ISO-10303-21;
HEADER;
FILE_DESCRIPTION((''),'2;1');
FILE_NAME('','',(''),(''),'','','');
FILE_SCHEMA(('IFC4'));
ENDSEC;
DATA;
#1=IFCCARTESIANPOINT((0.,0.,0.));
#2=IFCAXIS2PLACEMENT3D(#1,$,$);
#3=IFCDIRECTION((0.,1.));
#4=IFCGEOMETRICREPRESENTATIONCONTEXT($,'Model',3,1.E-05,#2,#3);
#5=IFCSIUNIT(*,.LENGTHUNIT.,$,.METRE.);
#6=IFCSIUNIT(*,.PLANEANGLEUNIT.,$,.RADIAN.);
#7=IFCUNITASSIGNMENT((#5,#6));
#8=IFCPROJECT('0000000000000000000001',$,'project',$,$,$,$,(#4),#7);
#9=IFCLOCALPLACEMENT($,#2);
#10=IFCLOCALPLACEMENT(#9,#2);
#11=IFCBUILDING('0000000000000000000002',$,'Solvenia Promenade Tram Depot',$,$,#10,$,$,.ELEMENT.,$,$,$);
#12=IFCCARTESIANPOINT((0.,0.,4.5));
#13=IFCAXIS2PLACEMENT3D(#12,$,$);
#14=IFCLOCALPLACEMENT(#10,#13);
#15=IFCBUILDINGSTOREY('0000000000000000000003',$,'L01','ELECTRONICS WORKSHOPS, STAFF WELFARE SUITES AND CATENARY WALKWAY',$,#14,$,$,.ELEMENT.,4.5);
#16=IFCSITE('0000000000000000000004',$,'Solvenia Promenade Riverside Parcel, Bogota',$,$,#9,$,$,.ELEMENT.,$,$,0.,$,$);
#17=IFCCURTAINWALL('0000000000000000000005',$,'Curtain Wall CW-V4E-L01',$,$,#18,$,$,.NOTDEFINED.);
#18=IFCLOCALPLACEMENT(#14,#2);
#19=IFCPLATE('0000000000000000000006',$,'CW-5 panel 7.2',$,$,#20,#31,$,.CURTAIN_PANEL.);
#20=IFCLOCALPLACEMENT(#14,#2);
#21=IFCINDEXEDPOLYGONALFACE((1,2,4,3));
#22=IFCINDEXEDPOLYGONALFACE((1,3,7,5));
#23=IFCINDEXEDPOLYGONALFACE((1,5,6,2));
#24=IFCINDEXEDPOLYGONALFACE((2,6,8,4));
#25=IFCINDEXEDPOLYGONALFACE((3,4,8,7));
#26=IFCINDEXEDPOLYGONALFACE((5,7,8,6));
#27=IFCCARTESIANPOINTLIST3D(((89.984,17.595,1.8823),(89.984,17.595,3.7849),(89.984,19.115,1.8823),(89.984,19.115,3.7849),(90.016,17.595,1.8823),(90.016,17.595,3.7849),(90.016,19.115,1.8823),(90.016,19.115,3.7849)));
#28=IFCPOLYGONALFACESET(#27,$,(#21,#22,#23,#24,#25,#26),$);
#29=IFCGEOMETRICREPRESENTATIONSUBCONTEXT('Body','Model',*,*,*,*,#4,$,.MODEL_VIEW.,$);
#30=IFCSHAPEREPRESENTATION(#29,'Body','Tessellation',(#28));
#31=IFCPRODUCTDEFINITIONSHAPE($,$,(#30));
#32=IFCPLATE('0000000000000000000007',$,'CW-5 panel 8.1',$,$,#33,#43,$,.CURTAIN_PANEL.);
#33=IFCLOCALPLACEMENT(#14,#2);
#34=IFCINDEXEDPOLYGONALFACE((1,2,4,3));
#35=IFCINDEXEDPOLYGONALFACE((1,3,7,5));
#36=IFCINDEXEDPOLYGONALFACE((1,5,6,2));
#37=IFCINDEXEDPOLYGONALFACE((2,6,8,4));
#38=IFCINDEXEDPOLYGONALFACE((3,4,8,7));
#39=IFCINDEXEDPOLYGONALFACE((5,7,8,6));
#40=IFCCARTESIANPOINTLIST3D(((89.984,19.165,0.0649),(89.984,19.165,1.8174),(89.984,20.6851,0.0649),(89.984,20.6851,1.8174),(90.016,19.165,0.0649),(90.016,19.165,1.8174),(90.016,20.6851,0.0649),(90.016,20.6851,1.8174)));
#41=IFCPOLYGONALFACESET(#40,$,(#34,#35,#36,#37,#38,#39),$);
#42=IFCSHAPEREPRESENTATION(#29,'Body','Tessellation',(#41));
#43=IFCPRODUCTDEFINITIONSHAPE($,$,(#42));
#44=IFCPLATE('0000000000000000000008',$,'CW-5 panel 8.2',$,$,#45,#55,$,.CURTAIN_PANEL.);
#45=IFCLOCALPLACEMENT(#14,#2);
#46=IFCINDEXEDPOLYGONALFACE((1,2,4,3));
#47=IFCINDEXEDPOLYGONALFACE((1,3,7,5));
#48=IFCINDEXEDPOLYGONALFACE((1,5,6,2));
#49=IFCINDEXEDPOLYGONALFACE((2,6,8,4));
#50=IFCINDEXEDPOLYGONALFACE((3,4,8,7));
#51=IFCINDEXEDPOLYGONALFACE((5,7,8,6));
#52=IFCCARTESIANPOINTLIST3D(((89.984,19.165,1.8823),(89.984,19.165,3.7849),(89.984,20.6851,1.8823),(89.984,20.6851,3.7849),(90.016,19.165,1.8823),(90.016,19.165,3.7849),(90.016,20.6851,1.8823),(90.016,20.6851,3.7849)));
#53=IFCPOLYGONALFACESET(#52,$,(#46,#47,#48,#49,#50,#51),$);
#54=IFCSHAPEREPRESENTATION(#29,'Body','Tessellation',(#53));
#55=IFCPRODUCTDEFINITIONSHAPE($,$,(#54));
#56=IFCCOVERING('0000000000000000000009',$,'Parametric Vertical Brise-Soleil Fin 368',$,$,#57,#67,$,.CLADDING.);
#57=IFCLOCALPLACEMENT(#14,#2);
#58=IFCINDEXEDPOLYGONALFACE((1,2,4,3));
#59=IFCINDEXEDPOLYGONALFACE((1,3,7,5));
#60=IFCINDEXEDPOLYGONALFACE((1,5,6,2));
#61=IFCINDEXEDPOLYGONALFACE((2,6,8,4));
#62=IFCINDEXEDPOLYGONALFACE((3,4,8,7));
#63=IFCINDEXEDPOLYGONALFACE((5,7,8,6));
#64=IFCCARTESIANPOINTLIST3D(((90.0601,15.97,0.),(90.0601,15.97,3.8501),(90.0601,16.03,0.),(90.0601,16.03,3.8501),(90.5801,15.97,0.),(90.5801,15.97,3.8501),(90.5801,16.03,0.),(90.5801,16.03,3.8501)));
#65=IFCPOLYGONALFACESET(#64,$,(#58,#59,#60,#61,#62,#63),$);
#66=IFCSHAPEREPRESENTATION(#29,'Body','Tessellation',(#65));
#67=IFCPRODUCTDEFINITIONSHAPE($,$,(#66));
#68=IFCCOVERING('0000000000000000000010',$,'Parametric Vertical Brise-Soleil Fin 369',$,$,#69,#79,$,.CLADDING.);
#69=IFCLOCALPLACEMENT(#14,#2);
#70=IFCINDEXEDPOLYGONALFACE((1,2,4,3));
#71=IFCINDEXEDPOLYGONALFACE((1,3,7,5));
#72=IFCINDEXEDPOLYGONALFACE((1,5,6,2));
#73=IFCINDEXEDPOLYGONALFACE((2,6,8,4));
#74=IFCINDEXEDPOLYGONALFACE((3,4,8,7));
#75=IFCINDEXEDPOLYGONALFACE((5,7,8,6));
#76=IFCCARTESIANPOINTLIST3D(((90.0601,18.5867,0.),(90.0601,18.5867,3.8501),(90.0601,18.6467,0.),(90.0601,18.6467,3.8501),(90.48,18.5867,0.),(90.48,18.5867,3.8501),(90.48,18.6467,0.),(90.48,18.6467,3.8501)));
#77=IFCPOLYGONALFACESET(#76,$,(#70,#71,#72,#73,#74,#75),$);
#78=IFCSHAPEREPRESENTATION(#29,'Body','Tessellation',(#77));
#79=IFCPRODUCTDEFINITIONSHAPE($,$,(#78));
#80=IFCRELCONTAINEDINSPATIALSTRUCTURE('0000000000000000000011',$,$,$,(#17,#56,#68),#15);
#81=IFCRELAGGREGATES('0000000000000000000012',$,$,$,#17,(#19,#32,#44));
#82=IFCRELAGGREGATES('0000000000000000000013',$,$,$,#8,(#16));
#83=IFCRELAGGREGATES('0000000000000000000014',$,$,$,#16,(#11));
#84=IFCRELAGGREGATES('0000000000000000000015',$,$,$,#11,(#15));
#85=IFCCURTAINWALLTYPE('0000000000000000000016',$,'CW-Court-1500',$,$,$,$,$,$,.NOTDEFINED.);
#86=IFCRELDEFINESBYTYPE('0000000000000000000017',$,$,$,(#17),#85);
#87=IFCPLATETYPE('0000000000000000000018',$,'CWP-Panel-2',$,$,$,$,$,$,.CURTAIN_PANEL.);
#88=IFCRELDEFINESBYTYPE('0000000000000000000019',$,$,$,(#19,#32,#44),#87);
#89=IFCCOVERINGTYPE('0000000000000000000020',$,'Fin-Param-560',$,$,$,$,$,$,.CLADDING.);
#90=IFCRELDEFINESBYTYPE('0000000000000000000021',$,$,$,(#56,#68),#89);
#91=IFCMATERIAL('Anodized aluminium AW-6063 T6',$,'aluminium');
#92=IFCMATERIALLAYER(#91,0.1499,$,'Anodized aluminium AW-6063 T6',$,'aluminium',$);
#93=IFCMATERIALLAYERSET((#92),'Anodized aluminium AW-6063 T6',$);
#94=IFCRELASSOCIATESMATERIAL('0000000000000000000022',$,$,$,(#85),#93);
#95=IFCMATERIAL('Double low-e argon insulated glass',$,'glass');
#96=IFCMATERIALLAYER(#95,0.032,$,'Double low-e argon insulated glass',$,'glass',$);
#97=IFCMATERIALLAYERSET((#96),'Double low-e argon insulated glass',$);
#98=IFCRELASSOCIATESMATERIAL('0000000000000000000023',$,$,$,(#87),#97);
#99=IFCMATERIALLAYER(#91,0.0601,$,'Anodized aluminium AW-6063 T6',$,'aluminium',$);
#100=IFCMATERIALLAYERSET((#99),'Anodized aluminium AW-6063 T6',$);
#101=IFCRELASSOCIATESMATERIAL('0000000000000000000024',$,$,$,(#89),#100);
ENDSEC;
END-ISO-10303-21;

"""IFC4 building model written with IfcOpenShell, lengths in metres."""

from ifc_helpers import new_model, si_unit, direction, frame, origin, origin_2d, place, context, subcontext, project, spatial, rectangle, extrude, material, layer, layer_set, type_object, element, aggregate, save


model = new_model("IFC4")

# Units and contexts
model_context = context("Model", 3, precision=1e-05, world=origin(), true_north=direction((0.0, 1.0)))
body_context = subcontext(model_context, "Body", "Model", "MODEL_VIEW")
ifc_project = project(units=[si_unit("LENGTHUNIT", "METRE"), si_unit("PLANEANGLEUNIT", "RADIAN")], contexts=[model_context])

# Site, building, storey
site_placement = place(None, origin())
site = spatial("IfcSite", under=ifc_project, at=site_placement, Name="Solvenia Promenade Riverside Parcel, Bogota", CompositionType="ELEMENT", RefElevation=0.0)
building_placement = place(site_placement, origin())
building = spatial("IfcBuilding", under=site, at=building_placement, Name="Solvenia Promenade Tram Depot", CompositionType="ELEMENT")
storey_placement = place(building_placement, frame((0.0, 0.0, 4.5)))
storey = spatial("IfcBuildingStorey", under=building, at=storey_placement, Name="L01", Description="ELECTRONICS WORKSHOPS, STAFF WELFARE SUITES AND CATENARY WALKWAY", CompositionType="ELEMENT", Elevation=4.5)

# Curtain wall
ifc_material_1 = material(Name="Anodized aluminium AW-6063 T6", Category="aluminium")
ifc_layer_1 = layer(ifc_material_1, 0.1499, Name="Anodized aluminium AW-6063 T6", Category="aluminium")
ifc_layer_set_1 = layer_set([ifc_layer_1], Name="Anodized aluminium AW-6063 T6")
curtain_wall_type = type_object("IfcCurtainWallType", Name="CW-Court-1500", PredefinedType="NOTDEFINED", material=ifc_layer_set_1)
curtain_wall_placement = place(storey_placement, origin())
curtain_wall = element("IfcCurtainWall", 1, at=curtain_wall_placement, inside=storey, type_object=curtain_wall_type, Name="Curtain Wall CW-V4E-L01", PredefinedType="NOTDEFINED")

# Plates
ifc_material_2 = material(Name="Double low-e argon insulated glass", Category="glass")
ifc_layer_2 = layer(ifc_material_2, 0.032, Name="Double low-e argon insulated glass", Category="glass")
ifc_layer_set_2 = layer_set([ifc_layer_2], Name="Double low-e argon insulated glass")
plate_type = type_object("IfcPlateType", Name="CWP-Panel-2", PredefinedType="CURTAIN_PANEL", material=ifc_layer_set_2)
plate_1_placement = place(storey_placement, frame((90.0, 18.355, 1.8823), z_axis=(0.0, 0.0, 1.0), x_axis=(0.0, 1.0, 0.0)))
plate_1 = element("IfcPlate", 2, at=plate_1_placement, type_object=plate_type, Name="CW-5 panel 7.2", PredefinedType="CURTAIN_PANEL", context=body_context, shape_type="SweptSolid", body=[
    extrude(rectangle(XDim=1.52, YDim=0.032, at=origin_2d()), origin(), (0.0, 0.0, 1.0), 1.9026),
])
plate_2_placement = place(storey_placement, frame((90.0, 19.925, 0.0649), z_axis=(0.0, 0.0, 1.0), x_axis=(0.0, 1.0, 0.0)))
plate_2 = element("IfcPlate", 3, at=plate_2_placement, type_object=plate_type, Name="CW-5 panel 8.1", PredefinedType="CURTAIN_PANEL", context=body_context, shape_type="SweptSolid", body=[
    extrude(rectangle(XDim=1.52, YDim=0.032, at=origin_2d()), origin(), (0.0, 0.0, 1.0), 1.7524),
])
plate_3_placement = place(storey_placement, frame((90.0, 19.925, 1.8823), z_axis=(0.0, 0.0, 1.0), x_axis=(0.0, 1.0, 0.0)))
plate_3 = element("IfcPlate", 4, at=plate_3_placement, type_object=plate_type, Name="CW-5 panel 8.2", PredefinedType="CURTAIN_PANEL", context=body_context, shape_type="SweptSolid", body=[
    extrude(rectangle(XDim=1.52, YDim=0.032, at=origin_2d()), origin(), (0.0, 0.0, 1.0), 1.9026),
])
aggregate(curtain_wall, [plate_1, plate_2, plate_3])

# Coverings
ifc_layer_3 = layer(ifc_material_1, 0.0601, Name="Anodized aluminium AW-6063 T6", Category="aluminium")
ifc_layer_set_3 = layer_set([ifc_layer_3], Name="Anodized aluminium AW-6063 T6")
covering_type = type_object("IfcCoveringType", Name="Fin-Param-560", PredefinedType="CLADDING", material=ifc_layer_set_3)
covering_1_placement = place(storey_placement, frame((90.3201, 16.0, 0.0), z_axis=(0.0, 0.0, 1.0), x_axis=(0.0, 1.0, 0.0)))
element("IfcCovering", 5, at=covering_1_placement, inside=storey, type_object=covering_type, Name="Parametric Vertical Brise-Soleil Fin 368", PredefinedType="CLADDING", context=body_context, shape_type="SweptSolid", body=[
    extrude(rectangle(XDim=0.0601, YDim=0.52, at=origin_2d()), origin(), (0.0, 0.0, 1.0), 3.8501),
])
covering_2_placement = place(storey_placement, frame((90.27, 18.6167, 0.0), z_axis=(0.0, 0.0, 1.0), x_axis=(0.0, 1.0, 0.0)))
element("IfcCovering", 6, at=covering_2_placement, inside=storey, type_object=covering_type, Name="Parametric Vertical Brise-Soleil Fin 369", PredefinedType="CLADDING", context=body_context, shape_type="SweptSolid", body=[
    extrude(rectangle(XDim=0.0601, YDim=0.4199, at=origin_2d()), origin(), (0.0, 0.0, 1.0), 3.8501),
])

save(model, "model.ifc")
